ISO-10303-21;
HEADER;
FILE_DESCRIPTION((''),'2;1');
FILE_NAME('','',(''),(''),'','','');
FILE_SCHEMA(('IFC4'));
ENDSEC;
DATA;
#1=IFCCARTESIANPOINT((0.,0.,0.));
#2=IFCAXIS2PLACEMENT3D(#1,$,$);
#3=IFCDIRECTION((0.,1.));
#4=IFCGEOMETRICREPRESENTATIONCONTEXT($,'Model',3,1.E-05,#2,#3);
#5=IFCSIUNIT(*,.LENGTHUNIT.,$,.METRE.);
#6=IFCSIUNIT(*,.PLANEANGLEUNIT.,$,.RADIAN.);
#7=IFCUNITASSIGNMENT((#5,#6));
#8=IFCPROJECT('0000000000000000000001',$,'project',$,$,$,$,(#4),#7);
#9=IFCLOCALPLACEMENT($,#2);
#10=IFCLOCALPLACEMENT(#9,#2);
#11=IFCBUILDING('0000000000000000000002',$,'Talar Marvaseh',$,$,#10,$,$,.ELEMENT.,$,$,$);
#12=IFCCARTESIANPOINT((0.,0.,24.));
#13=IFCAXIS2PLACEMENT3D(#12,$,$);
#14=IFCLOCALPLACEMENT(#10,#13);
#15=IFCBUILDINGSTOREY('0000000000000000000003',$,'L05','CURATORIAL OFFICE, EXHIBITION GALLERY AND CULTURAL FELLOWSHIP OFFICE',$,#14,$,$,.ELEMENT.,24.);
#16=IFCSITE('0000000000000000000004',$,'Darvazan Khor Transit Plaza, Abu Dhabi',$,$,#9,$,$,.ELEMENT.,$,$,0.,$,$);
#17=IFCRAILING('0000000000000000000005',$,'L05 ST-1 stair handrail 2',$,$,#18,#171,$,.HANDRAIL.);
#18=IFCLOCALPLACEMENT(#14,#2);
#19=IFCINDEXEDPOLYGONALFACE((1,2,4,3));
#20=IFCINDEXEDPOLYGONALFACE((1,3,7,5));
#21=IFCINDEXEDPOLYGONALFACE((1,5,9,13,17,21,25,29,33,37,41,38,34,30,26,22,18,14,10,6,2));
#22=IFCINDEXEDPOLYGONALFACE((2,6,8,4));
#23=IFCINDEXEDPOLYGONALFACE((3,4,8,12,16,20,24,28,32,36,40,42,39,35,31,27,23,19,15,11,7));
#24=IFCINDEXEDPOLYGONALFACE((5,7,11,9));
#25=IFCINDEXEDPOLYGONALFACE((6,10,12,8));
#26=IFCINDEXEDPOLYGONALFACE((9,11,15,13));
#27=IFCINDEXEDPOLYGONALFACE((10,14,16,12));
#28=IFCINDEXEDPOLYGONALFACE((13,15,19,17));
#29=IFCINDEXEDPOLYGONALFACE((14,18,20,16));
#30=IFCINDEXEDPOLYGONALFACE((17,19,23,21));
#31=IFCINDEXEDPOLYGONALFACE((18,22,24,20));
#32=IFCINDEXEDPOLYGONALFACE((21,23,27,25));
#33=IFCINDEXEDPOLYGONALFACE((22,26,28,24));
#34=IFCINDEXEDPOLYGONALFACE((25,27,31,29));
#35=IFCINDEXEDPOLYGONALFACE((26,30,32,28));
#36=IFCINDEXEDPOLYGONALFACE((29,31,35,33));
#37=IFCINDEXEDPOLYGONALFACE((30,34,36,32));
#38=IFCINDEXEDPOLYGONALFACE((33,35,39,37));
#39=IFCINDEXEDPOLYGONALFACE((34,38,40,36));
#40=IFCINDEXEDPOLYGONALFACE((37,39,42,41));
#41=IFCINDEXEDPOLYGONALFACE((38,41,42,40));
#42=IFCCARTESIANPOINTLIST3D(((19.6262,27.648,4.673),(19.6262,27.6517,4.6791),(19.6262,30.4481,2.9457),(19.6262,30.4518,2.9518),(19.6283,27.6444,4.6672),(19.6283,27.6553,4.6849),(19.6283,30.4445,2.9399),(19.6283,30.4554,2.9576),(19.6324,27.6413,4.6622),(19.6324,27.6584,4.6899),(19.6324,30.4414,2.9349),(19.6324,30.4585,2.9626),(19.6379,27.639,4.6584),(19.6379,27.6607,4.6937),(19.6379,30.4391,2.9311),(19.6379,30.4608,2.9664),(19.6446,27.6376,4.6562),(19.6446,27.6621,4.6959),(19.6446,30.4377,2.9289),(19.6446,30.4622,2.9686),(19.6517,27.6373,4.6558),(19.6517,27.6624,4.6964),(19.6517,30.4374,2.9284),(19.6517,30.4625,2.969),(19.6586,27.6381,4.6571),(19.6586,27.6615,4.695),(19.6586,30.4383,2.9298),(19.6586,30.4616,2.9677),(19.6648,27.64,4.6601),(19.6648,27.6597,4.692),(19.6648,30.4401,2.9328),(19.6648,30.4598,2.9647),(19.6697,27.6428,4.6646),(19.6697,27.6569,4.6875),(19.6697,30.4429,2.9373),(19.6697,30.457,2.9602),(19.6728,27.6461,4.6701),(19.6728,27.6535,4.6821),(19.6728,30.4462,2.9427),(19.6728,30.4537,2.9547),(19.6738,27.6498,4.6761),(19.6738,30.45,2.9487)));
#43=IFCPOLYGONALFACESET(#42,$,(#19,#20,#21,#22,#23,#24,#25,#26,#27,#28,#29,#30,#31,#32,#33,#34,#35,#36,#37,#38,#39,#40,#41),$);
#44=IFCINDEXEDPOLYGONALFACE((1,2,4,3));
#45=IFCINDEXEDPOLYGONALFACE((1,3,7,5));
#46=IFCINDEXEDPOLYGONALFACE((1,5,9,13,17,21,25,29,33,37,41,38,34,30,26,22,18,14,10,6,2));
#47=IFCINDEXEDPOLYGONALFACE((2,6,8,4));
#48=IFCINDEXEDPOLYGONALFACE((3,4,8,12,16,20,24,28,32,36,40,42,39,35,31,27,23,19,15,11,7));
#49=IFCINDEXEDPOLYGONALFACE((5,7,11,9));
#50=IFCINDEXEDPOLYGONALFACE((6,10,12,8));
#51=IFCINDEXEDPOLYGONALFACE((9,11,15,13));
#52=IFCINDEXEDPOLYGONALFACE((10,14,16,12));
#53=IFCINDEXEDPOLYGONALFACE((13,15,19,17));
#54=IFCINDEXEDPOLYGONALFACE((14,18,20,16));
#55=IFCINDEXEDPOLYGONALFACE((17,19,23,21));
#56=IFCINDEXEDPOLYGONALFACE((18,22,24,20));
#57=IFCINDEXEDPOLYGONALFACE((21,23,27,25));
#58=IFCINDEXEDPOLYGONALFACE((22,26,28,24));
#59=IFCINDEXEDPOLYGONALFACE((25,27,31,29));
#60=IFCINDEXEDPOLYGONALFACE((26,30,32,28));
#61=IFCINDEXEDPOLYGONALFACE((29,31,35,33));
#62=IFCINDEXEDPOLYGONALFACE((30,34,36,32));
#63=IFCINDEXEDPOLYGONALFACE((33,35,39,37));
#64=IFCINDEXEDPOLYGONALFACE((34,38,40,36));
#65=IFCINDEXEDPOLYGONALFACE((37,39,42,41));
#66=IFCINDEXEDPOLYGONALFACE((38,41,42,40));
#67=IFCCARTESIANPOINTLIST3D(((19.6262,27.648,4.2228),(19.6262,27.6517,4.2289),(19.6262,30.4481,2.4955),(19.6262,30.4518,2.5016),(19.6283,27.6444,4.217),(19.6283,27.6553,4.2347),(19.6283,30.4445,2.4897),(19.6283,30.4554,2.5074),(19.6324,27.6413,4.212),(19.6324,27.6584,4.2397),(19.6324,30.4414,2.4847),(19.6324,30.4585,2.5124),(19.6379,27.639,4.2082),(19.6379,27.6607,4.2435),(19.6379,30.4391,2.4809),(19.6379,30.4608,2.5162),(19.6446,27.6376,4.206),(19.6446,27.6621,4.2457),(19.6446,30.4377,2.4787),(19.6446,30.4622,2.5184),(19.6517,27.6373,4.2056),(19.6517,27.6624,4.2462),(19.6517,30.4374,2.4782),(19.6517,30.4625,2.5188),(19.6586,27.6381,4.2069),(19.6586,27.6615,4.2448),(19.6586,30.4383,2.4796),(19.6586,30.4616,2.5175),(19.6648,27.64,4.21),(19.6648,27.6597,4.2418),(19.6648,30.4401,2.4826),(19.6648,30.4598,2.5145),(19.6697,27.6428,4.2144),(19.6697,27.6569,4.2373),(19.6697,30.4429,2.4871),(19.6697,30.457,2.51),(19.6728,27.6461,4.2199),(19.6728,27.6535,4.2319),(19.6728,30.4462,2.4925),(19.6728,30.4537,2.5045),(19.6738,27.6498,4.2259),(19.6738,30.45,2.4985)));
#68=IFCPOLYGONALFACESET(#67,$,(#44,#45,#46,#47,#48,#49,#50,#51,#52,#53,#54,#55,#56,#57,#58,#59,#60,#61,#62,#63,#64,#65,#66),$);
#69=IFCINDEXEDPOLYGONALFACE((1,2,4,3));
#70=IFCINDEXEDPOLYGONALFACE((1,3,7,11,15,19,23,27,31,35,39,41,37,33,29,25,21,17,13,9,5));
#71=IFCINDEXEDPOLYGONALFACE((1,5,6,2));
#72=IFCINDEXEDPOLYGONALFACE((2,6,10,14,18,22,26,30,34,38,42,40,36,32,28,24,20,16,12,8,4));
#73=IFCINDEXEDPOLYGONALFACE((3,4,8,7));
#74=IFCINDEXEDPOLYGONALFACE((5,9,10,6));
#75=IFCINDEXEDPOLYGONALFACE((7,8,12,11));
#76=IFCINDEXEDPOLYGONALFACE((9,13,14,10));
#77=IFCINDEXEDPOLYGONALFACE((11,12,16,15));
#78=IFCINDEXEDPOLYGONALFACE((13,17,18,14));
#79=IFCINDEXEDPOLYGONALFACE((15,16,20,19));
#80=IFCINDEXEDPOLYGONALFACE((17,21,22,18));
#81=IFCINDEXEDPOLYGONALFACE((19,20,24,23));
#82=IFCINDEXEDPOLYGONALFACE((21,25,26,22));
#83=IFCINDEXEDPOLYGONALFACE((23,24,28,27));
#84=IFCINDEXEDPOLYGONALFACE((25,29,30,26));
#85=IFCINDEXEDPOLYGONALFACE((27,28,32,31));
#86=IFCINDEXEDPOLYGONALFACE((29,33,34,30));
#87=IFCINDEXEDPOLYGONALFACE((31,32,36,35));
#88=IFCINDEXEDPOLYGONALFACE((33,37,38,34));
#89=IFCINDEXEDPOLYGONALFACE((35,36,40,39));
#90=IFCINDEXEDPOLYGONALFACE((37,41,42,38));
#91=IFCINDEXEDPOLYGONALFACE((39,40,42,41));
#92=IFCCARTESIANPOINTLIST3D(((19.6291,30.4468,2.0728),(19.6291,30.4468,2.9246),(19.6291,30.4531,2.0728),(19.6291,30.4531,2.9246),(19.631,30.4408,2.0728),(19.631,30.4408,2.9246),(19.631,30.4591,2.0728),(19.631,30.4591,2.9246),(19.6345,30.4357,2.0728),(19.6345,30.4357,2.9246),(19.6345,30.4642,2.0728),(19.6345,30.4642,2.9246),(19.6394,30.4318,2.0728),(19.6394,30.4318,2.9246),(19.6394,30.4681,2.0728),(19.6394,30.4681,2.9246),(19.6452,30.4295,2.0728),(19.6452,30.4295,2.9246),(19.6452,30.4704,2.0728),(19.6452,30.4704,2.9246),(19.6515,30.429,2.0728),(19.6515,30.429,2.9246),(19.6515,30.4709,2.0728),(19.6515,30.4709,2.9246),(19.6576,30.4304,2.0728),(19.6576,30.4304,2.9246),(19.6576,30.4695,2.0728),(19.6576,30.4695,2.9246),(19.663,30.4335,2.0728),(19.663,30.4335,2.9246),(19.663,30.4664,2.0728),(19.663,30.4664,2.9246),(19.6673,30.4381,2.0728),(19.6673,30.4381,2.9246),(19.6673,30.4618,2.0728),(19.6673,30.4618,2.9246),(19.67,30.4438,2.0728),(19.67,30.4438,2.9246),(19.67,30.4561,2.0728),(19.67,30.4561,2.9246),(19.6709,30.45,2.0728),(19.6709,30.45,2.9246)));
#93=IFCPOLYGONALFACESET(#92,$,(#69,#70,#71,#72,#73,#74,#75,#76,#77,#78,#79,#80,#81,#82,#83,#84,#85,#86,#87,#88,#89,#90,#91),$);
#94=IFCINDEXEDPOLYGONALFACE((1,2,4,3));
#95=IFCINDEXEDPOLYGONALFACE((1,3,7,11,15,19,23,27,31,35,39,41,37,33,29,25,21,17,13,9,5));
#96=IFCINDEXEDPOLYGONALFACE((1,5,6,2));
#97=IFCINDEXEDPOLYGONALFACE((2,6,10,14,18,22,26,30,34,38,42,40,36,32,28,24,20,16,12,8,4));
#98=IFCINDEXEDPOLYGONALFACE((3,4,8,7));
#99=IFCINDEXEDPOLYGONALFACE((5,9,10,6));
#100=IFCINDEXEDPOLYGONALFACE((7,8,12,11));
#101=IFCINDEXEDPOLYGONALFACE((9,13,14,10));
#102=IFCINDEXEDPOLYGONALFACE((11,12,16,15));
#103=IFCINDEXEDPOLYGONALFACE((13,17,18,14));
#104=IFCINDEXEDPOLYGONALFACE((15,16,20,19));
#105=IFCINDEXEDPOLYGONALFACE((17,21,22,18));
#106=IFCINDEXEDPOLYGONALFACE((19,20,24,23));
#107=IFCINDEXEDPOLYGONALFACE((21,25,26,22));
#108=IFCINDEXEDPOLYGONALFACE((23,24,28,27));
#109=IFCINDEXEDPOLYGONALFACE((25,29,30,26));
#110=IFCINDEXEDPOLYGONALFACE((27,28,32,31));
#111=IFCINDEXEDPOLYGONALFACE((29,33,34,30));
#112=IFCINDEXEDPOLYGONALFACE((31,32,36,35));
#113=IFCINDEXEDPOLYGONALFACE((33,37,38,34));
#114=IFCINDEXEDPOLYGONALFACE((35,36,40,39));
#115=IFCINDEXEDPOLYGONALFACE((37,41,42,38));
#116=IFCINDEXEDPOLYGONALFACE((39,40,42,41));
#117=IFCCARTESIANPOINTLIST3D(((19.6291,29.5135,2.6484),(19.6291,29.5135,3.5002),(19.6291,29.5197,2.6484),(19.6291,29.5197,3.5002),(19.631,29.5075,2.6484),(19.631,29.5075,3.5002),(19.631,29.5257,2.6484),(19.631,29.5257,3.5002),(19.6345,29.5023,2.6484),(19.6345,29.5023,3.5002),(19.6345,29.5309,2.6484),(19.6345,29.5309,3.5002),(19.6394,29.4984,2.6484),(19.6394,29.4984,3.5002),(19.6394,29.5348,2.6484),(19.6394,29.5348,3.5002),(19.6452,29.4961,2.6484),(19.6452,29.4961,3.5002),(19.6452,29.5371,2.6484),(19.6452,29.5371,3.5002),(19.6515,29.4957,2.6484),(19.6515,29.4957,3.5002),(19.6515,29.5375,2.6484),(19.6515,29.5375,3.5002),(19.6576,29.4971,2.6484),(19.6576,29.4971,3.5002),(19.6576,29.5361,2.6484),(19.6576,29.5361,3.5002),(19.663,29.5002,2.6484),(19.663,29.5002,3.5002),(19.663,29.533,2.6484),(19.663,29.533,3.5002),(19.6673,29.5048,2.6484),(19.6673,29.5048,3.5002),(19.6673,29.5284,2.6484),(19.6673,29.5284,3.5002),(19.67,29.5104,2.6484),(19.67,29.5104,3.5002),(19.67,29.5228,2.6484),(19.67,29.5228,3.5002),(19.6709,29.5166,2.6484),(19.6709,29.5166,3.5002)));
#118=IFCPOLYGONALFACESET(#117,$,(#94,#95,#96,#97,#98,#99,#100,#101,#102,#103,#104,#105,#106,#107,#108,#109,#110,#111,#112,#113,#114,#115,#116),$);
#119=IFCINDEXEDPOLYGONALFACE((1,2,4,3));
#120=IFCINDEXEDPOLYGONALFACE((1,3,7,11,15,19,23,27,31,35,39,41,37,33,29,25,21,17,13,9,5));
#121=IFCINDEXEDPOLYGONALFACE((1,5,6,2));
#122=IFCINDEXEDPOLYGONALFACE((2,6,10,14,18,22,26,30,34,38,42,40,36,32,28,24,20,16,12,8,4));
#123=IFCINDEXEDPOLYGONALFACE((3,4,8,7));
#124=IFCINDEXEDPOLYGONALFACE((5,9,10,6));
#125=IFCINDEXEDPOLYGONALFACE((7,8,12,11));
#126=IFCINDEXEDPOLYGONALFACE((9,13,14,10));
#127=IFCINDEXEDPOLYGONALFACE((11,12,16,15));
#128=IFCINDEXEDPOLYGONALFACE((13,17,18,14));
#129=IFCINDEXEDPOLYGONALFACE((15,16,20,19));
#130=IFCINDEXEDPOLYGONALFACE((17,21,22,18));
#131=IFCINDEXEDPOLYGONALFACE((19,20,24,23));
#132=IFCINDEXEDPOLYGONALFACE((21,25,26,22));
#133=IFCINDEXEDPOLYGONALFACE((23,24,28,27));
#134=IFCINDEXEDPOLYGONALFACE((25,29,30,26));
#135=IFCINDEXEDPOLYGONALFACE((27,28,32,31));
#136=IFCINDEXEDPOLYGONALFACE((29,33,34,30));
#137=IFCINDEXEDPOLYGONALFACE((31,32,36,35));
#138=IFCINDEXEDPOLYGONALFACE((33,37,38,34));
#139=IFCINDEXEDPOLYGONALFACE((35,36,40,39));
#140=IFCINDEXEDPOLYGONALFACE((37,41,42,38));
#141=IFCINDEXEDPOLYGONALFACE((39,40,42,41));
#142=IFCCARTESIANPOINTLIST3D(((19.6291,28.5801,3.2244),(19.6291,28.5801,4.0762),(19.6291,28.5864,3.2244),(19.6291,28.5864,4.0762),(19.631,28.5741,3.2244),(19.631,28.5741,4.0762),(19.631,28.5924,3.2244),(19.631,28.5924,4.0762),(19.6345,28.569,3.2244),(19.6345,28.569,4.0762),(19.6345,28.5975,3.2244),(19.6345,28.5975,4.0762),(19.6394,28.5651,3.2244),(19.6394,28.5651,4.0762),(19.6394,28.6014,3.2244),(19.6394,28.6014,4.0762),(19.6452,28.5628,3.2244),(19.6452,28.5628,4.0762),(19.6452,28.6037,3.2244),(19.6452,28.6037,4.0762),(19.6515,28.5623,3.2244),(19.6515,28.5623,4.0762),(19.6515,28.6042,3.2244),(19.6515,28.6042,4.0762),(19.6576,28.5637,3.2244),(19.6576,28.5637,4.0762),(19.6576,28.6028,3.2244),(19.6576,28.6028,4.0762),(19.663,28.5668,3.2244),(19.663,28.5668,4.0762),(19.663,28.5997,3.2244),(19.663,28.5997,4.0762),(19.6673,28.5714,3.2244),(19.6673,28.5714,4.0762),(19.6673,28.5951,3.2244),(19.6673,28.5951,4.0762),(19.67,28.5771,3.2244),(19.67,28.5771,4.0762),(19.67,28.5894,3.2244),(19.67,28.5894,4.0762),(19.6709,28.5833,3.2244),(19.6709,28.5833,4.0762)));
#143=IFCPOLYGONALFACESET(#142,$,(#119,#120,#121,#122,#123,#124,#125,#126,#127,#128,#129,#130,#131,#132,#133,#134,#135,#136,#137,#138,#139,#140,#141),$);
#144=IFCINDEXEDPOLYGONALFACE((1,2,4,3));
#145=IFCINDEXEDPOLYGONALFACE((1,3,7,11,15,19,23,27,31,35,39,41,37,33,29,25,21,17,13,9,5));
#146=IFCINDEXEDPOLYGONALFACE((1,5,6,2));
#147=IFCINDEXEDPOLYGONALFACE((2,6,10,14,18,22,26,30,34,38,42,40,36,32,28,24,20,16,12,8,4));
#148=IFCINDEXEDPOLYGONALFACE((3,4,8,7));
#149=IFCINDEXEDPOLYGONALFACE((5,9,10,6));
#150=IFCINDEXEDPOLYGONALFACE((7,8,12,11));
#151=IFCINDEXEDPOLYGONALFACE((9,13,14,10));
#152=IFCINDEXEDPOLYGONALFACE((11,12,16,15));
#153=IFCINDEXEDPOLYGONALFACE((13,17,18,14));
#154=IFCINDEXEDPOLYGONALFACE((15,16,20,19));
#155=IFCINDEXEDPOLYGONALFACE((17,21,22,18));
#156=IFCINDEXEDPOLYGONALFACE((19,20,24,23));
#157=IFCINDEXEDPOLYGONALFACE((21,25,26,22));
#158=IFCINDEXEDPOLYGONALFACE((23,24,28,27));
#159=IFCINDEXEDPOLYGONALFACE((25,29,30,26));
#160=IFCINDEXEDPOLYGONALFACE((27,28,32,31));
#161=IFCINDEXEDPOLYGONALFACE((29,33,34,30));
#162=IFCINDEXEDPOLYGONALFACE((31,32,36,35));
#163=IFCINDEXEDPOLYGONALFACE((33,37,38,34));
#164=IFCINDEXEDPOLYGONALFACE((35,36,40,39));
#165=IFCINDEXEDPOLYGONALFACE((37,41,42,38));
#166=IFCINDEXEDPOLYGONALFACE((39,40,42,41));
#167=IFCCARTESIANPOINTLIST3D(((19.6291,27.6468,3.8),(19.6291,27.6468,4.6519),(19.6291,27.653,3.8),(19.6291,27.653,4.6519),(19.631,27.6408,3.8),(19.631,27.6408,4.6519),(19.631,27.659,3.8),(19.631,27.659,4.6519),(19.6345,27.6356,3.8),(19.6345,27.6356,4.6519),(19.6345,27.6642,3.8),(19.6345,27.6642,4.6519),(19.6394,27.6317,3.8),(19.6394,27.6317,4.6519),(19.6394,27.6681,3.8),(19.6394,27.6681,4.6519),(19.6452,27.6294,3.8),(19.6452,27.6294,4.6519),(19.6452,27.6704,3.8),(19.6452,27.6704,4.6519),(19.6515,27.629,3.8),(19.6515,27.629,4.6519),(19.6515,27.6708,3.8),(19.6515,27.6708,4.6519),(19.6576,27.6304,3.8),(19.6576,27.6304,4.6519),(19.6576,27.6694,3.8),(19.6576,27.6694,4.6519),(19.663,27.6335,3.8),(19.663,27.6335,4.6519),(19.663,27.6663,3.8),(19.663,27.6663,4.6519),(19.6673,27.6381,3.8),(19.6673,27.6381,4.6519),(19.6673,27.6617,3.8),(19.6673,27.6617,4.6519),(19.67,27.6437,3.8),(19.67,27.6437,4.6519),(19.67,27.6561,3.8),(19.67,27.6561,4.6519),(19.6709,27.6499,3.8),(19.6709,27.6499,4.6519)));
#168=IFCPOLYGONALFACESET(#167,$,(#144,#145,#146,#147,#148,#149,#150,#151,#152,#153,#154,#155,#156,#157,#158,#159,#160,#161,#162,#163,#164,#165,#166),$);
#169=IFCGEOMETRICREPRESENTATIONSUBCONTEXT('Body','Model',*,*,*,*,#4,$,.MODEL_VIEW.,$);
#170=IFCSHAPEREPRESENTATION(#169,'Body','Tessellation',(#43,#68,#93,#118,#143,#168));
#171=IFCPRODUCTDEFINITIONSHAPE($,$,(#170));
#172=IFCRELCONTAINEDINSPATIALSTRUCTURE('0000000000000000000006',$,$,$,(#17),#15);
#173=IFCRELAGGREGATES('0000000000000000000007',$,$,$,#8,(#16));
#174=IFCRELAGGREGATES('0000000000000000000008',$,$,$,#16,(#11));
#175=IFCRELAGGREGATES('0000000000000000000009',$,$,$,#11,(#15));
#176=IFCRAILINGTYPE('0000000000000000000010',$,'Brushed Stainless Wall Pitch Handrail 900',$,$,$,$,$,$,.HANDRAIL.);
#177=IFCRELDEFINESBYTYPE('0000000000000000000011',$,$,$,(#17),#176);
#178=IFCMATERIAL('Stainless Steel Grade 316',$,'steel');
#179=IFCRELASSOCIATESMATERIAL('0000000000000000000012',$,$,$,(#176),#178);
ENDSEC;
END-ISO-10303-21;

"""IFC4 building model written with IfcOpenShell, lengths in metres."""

from ifc_helpers import new_model, si_unit, direction, frame, origin, origin_2d, place, context, subcontext, project, spatial, circle, extrude, material, type_object, element, save


model = new_model("IFC4")

# Units and contexts
model_context = context("Model", 3, precision=1e-05, world=origin(), true_north=direction((0.0, 1.0)))
body_context = subcontext(model_context, "Body", "Model", "MODEL_VIEW")
ifc_project = project(units=[si_unit("LENGTHUNIT", "METRE"), si_unit("PLANEANGLEUNIT", "RADIAN")], contexts=[model_context])

# Site, building, storey
site_placement = place(None, origin())
site = spatial("IfcSite", under=ifc_project, at=site_placement, Name="Darvazan Khor Transit Plaza, Abu Dhabi", CompositionType="ELEMENT", RefElevation=0.0)
building_placement = place(site_placement, origin())
building = spatial("IfcBuilding", under=site, at=building_placement, Name="Talar Marvaseh", CompositionType="ELEMENT")
storey_placement = place(building_placement, frame((0.0, 0.0, 24.0)))
storey = spatial("IfcBuildingStorey", under=building, at=storey_placement, Name="L05", Description="CURATORIAL OFFICE, EXHIBITION GALLERY AND CULTURAL FELLOWSHIP OFFICE", CompositionType="ELEMENT", Elevation=24.0)

# Railing
ifc_material_1 = material(Name="Stainless Steel Grade 316", Category="steel")
railing_type_1 = type_object("IfcRailingType", Name="Brushed Stainless Wall Pitch Handrail 900", PredefinedType="HANDRAIL", material=ifc_material_1)
railing_1_placement = place(storey_placement, frame((19.6499, 30.45, 2.0728)))
element("IfcRailing", 1, at=railing_1_placement, inside=storey, type_object=railing_type_1, Name="L05 ST-1 stair handrail 2", PredefinedType="HANDRAIL", context=body_context, shape_type="SweptSolid", body=[
    extrude(circle(Radius=0.0239, at=origin_2d()), frame((0.0, 0.0, 0.876), z_axis=(0.0, -0.85109, 0.52502), x_axis=(1.0, 0.0, 0.0)), (0.0, 0.0, 1.0), 3.29),
    extrude(circle(Radius=0.0239, at=origin_2d()), frame((0.0, 0.0, 0.4258), z_axis=(0.0, -0.85109, 0.52502), x_axis=(1.0, 0.0, 0.0)), (0.0, 0.0, 1.0), 3.29),
    extrude(circle(Radius=0.021, at=origin_2d()), origin(), (0.0, 0.0, 1.0), 0.8518),
    extrude(circle(Radius=0.021, at=origin_2d()), frame((0.0, -0.9333, 0.5757)), (0.0, 0.0, 1.0), 0.8518),
    extrude(circle(Radius=0.021, at=origin_2d()), frame((0.0, -1.8667, 1.1516)), (0.0, 0.0, 1.0), 0.8518),
    extrude(circle(Radius=0.021, at=origin_2d()), frame((0.0, -2.8, 1.7273)), (0.0, 0.0, 1.0), 0.8518),
])

save(model, "model.ifc")
